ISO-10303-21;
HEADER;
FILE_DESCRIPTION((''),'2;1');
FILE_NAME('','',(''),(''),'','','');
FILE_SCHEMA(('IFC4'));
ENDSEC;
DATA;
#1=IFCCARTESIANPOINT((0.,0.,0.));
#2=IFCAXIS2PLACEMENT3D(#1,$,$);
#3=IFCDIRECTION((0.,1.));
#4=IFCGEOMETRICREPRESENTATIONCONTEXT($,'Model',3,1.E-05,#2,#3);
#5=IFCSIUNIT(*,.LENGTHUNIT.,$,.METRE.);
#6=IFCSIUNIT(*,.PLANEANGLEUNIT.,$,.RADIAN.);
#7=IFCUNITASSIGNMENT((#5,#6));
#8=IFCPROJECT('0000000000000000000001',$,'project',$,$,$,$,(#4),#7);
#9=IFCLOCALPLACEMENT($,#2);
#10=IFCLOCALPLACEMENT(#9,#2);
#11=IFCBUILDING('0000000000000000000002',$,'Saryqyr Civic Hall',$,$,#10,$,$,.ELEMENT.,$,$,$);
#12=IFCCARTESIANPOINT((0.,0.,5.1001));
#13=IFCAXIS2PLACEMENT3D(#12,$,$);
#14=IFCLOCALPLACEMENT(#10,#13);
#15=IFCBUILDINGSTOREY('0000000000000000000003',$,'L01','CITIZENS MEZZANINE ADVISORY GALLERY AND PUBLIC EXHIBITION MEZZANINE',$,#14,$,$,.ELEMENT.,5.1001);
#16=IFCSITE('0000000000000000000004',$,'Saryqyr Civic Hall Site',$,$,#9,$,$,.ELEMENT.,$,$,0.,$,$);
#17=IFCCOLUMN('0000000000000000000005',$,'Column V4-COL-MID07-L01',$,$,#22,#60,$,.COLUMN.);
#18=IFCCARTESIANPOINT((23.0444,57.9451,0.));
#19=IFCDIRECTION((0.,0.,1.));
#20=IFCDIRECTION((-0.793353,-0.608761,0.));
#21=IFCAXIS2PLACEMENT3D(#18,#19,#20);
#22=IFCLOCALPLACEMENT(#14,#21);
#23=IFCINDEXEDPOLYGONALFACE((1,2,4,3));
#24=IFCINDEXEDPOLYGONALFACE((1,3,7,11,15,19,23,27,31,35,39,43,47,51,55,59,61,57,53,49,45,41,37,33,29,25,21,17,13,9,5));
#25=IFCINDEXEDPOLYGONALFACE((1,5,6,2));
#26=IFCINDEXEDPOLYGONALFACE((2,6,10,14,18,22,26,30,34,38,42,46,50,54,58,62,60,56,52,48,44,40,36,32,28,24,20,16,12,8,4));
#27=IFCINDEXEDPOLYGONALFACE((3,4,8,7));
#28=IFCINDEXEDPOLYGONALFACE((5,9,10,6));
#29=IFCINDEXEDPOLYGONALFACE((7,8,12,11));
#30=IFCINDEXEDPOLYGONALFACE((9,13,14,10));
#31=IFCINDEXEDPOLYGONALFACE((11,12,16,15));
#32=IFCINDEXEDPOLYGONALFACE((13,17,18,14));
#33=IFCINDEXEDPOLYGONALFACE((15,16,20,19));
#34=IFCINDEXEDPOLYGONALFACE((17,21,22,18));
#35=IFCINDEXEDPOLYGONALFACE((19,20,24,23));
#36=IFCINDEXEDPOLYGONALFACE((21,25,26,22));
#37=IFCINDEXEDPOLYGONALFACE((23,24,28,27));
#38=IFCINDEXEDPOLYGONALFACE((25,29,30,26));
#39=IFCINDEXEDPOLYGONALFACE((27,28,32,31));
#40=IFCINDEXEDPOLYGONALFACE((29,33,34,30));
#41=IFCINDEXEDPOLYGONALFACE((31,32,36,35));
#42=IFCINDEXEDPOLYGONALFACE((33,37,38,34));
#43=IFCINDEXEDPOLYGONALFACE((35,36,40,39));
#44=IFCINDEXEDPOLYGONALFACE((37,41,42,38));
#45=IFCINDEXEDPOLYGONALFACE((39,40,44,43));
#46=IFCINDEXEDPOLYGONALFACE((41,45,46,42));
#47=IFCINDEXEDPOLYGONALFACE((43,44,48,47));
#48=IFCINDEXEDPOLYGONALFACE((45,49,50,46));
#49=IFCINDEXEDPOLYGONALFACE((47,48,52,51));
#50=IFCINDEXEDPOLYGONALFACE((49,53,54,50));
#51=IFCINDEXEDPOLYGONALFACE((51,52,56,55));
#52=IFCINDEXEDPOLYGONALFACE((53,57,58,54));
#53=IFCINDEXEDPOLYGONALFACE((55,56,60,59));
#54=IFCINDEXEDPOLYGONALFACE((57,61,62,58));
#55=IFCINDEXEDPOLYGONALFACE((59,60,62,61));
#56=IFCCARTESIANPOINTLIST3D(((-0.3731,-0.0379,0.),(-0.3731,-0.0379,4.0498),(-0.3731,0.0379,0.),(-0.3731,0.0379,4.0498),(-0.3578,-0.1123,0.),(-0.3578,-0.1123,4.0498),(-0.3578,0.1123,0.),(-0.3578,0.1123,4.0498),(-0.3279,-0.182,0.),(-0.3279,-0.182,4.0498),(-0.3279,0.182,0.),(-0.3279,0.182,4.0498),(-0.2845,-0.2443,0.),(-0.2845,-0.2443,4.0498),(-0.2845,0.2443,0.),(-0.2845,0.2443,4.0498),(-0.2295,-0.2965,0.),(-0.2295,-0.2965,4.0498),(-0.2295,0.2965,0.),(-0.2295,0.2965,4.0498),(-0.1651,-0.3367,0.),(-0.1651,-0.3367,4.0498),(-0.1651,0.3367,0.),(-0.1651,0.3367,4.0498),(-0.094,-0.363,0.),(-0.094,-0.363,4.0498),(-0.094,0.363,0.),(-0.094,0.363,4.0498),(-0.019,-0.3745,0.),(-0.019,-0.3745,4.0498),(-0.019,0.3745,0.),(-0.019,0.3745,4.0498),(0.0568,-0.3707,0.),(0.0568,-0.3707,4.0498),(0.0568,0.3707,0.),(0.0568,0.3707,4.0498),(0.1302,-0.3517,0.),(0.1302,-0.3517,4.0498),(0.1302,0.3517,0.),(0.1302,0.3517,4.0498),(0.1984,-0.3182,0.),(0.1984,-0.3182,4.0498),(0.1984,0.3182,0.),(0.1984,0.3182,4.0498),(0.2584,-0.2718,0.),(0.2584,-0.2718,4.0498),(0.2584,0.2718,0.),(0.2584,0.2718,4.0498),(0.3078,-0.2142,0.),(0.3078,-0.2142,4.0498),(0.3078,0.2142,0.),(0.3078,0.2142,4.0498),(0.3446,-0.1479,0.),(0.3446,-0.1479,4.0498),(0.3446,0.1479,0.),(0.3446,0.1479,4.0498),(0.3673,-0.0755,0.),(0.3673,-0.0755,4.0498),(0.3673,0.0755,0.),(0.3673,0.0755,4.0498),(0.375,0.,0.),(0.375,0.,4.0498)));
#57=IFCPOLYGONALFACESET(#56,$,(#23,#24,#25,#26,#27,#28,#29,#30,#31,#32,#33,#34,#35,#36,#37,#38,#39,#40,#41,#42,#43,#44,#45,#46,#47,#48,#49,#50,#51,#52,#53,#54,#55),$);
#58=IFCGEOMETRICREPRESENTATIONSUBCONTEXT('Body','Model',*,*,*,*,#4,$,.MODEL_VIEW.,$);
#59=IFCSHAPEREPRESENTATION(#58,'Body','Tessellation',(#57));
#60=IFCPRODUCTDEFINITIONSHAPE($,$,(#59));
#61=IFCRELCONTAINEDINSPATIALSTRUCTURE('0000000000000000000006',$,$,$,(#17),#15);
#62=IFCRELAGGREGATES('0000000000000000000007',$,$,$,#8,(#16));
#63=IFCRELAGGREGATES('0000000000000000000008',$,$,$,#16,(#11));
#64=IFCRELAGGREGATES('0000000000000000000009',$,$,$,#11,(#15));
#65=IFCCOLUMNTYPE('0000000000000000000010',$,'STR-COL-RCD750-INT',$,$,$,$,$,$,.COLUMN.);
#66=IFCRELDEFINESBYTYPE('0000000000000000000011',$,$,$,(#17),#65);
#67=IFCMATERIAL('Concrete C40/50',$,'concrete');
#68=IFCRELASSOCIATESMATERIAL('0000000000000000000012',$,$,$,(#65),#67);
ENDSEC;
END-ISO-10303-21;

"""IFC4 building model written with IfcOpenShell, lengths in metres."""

from ifc_helpers import new_model, si_unit, direction, frame, origin, origin_2d, place, context, subcontext, project, spatial, circle, extrude, material, material_profile, profile_set, type_object, element, save


model = new_model("IFC4")

# Units and contexts
model_context = context("Model", 3, precision=1e-05, world=origin(), true_north=direction((0.0, 1.0)))
body_context = subcontext(model_context, "Body", "Model", "MODEL_VIEW")
ifc_project = project(units=[si_unit("LENGTHUNIT", "METRE"), si_unit("PLANEANGLEUNIT", "RADIAN")], contexts=[model_context])

# Site, building, storey
site_placement = place(None, origin())
site = spatial("IfcSite", under=ifc_project, at=site_placement, Name="Saryqyr Civic Hall Site", CompositionType="ELEMENT", RefElevation=0.0)
building_placement = place(site_placement, origin())
building = spatial("IfcBuilding", under=site, at=building_placement, Name="Saryqyr Civic Hall", CompositionType="ELEMENT")
storey_placement = place(building_placement, frame((0.0, 0.0, 5.1001)))
storey = spatial("IfcBuildingStorey", under=building, at=storey_placement, Name="L01", Description="CITIZENS MEZZANINE ADVISORY GALLERY AND PUBLIC EXHIBITION MEZZANINE", CompositionType="ELEMENT", Elevation=5.1001)

# Column
ifc_material_1 = material(Name="Concrete C40/50", Category="concrete")
ifc_material_profile_1 = material_profile(ifc_material_1, circle(Radius=0.375, at=origin_2d()), Name="RC D750")
ifc_profile_set_1 = profile_set([ifc_material_profile_1], Name="Concrete C40/50")
column_type = type_object("IfcColumnType", Name="STR-COL-RCD750-INT", PredefinedType="COLUMN", material=ifc_profile_set_1)
column_placement = place(storey_placement, frame((23.0444, 57.9451, 0.0), z_axis=(0.0, 0.0, 1.0), x_axis=(-0.793353, -0.608761, 0.0)))
element("IfcColumn", 1, at=column_placement, inside=storey, type_object=column_type, Name="Column V4-COL-MID07-L01", PredefinedType="COLUMN", context=body_context, shape_type="SweptSolid", body=[
    extrude(circle(Radius=0.375, at=origin_2d()), origin(), (0.0, 0.0, 1.0), 4.0498),
])

save(model, "model.ifc")
